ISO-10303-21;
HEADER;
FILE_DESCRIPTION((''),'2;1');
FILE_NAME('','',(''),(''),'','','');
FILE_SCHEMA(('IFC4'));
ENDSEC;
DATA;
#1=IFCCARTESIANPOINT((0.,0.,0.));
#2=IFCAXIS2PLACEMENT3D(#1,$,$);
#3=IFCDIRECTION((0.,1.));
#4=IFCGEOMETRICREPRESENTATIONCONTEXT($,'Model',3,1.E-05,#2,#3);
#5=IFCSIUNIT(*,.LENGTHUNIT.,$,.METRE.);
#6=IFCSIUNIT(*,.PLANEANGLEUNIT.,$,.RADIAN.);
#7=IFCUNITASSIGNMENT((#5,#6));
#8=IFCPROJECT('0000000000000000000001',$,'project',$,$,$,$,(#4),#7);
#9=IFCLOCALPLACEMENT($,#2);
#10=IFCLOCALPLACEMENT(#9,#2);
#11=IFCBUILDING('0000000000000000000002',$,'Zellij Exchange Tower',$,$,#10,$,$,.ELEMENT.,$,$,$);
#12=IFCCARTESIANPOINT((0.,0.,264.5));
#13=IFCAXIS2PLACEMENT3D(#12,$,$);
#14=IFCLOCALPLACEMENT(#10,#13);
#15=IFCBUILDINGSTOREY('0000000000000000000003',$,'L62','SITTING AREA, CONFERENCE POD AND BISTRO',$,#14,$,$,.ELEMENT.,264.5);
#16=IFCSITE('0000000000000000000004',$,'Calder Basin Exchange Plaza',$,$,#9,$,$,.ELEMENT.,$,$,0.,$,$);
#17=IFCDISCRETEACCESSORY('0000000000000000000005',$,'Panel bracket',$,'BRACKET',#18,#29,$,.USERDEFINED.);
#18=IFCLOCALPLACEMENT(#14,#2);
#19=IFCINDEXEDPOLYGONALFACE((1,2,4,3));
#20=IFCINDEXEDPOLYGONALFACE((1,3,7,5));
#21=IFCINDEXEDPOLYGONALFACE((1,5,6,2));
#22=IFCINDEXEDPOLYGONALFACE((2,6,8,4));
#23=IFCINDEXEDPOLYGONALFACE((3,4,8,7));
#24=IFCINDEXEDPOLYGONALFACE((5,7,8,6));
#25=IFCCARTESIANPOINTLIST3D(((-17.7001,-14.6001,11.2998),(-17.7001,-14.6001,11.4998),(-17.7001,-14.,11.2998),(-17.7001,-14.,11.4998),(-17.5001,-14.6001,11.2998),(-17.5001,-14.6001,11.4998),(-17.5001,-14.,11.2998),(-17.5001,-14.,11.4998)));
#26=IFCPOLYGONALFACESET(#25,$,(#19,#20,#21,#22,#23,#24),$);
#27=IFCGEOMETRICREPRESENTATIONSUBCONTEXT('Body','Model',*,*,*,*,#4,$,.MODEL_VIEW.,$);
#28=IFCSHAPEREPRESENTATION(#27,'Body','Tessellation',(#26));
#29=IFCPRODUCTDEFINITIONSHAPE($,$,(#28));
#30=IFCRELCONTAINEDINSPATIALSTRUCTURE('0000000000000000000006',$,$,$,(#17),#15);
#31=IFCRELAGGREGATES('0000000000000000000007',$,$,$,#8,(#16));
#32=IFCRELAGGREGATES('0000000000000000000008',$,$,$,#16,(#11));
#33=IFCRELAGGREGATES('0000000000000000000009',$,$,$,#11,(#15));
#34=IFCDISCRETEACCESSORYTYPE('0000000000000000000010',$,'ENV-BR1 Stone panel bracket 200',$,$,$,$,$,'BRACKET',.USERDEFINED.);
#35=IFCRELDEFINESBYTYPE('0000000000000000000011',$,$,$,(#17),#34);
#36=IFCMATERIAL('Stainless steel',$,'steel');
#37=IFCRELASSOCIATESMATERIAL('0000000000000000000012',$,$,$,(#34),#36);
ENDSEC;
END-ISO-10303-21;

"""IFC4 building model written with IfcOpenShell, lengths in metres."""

from ifc_helpers import new_model, si_unit, direction, frame, origin, origin_2d, place, context, subcontext, project, spatial, rectangle, extrude, material, type_object, element, save


model = new_model("IFC4")

# Units and contexts
model_context = context("Model", 3, precision=1e-05, world=origin(), true_north=direction((0.0, 1.0)))
body_context = subcontext(model_context, "Body", "Model", "MODEL_VIEW")
ifc_project = project(units=[si_unit("LENGTHUNIT", "METRE"), si_unit("PLANEANGLEUNIT", "RADIAN")], contexts=[model_context])

# Site, building, storey
site_placement = place(None, origin())
site = spatial("IfcSite", under=ifc_project, at=site_placement, Name="Calder Basin Exchange Plaza", CompositionType="ELEMENT", RefElevation=0.0)
building_placement = place(site_placement, origin())
building = spatial("IfcBuilding", under=site, at=building_placement, Name="Zellij Exchange Tower", CompositionType="ELEMENT")
storey_placement = place(building_placement, frame((0.0, 0.0, 264.5)))
storey = spatial("IfcBuildingStorey", under=building, at=storey_placement, Name="L62", Description="SITTING AREA, CONFERENCE POD AND BISTRO", CompositionType="ELEMENT", Elevation=264.5)

# Shared definitions
ifc_material_1 = material(Name="Stainless steel", Category="steel")

# Discrete accessory
discrete_accessory_type = type_object("IfcDiscreteAccessoryType", Name="ENV-BR1 Stone panel bracket 200", ElementType="BRACKET", PredefinedType="USERDEFINED", material=ifc_material_1)
for number, where, z_axis, x_axis, name in (
    (1, (-17.6001, -14.3, 11.2998), (0.0, 0.0, 1.0), (1.0, 0.0, 0.0), "Panel bracket"),
):
    element("IfcDiscreteAccessory", number, at=place(storey_placement, frame(where, z_axis=z_axis, x_axis=x_axis)), inside=storey, type_object=discrete_accessory_type, Name=name, ObjectType="BRACKET", PredefinedType="USERDEFINED", context=body_context, shape_type="SweptSolid", body=[
        extrude(rectangle(XDim=0.2, YDim=0.6001, at=origin_2d()), origin(), (0.0, 0.0, 1.0), 0.2),
    ])

save(model, "model.ifc")
